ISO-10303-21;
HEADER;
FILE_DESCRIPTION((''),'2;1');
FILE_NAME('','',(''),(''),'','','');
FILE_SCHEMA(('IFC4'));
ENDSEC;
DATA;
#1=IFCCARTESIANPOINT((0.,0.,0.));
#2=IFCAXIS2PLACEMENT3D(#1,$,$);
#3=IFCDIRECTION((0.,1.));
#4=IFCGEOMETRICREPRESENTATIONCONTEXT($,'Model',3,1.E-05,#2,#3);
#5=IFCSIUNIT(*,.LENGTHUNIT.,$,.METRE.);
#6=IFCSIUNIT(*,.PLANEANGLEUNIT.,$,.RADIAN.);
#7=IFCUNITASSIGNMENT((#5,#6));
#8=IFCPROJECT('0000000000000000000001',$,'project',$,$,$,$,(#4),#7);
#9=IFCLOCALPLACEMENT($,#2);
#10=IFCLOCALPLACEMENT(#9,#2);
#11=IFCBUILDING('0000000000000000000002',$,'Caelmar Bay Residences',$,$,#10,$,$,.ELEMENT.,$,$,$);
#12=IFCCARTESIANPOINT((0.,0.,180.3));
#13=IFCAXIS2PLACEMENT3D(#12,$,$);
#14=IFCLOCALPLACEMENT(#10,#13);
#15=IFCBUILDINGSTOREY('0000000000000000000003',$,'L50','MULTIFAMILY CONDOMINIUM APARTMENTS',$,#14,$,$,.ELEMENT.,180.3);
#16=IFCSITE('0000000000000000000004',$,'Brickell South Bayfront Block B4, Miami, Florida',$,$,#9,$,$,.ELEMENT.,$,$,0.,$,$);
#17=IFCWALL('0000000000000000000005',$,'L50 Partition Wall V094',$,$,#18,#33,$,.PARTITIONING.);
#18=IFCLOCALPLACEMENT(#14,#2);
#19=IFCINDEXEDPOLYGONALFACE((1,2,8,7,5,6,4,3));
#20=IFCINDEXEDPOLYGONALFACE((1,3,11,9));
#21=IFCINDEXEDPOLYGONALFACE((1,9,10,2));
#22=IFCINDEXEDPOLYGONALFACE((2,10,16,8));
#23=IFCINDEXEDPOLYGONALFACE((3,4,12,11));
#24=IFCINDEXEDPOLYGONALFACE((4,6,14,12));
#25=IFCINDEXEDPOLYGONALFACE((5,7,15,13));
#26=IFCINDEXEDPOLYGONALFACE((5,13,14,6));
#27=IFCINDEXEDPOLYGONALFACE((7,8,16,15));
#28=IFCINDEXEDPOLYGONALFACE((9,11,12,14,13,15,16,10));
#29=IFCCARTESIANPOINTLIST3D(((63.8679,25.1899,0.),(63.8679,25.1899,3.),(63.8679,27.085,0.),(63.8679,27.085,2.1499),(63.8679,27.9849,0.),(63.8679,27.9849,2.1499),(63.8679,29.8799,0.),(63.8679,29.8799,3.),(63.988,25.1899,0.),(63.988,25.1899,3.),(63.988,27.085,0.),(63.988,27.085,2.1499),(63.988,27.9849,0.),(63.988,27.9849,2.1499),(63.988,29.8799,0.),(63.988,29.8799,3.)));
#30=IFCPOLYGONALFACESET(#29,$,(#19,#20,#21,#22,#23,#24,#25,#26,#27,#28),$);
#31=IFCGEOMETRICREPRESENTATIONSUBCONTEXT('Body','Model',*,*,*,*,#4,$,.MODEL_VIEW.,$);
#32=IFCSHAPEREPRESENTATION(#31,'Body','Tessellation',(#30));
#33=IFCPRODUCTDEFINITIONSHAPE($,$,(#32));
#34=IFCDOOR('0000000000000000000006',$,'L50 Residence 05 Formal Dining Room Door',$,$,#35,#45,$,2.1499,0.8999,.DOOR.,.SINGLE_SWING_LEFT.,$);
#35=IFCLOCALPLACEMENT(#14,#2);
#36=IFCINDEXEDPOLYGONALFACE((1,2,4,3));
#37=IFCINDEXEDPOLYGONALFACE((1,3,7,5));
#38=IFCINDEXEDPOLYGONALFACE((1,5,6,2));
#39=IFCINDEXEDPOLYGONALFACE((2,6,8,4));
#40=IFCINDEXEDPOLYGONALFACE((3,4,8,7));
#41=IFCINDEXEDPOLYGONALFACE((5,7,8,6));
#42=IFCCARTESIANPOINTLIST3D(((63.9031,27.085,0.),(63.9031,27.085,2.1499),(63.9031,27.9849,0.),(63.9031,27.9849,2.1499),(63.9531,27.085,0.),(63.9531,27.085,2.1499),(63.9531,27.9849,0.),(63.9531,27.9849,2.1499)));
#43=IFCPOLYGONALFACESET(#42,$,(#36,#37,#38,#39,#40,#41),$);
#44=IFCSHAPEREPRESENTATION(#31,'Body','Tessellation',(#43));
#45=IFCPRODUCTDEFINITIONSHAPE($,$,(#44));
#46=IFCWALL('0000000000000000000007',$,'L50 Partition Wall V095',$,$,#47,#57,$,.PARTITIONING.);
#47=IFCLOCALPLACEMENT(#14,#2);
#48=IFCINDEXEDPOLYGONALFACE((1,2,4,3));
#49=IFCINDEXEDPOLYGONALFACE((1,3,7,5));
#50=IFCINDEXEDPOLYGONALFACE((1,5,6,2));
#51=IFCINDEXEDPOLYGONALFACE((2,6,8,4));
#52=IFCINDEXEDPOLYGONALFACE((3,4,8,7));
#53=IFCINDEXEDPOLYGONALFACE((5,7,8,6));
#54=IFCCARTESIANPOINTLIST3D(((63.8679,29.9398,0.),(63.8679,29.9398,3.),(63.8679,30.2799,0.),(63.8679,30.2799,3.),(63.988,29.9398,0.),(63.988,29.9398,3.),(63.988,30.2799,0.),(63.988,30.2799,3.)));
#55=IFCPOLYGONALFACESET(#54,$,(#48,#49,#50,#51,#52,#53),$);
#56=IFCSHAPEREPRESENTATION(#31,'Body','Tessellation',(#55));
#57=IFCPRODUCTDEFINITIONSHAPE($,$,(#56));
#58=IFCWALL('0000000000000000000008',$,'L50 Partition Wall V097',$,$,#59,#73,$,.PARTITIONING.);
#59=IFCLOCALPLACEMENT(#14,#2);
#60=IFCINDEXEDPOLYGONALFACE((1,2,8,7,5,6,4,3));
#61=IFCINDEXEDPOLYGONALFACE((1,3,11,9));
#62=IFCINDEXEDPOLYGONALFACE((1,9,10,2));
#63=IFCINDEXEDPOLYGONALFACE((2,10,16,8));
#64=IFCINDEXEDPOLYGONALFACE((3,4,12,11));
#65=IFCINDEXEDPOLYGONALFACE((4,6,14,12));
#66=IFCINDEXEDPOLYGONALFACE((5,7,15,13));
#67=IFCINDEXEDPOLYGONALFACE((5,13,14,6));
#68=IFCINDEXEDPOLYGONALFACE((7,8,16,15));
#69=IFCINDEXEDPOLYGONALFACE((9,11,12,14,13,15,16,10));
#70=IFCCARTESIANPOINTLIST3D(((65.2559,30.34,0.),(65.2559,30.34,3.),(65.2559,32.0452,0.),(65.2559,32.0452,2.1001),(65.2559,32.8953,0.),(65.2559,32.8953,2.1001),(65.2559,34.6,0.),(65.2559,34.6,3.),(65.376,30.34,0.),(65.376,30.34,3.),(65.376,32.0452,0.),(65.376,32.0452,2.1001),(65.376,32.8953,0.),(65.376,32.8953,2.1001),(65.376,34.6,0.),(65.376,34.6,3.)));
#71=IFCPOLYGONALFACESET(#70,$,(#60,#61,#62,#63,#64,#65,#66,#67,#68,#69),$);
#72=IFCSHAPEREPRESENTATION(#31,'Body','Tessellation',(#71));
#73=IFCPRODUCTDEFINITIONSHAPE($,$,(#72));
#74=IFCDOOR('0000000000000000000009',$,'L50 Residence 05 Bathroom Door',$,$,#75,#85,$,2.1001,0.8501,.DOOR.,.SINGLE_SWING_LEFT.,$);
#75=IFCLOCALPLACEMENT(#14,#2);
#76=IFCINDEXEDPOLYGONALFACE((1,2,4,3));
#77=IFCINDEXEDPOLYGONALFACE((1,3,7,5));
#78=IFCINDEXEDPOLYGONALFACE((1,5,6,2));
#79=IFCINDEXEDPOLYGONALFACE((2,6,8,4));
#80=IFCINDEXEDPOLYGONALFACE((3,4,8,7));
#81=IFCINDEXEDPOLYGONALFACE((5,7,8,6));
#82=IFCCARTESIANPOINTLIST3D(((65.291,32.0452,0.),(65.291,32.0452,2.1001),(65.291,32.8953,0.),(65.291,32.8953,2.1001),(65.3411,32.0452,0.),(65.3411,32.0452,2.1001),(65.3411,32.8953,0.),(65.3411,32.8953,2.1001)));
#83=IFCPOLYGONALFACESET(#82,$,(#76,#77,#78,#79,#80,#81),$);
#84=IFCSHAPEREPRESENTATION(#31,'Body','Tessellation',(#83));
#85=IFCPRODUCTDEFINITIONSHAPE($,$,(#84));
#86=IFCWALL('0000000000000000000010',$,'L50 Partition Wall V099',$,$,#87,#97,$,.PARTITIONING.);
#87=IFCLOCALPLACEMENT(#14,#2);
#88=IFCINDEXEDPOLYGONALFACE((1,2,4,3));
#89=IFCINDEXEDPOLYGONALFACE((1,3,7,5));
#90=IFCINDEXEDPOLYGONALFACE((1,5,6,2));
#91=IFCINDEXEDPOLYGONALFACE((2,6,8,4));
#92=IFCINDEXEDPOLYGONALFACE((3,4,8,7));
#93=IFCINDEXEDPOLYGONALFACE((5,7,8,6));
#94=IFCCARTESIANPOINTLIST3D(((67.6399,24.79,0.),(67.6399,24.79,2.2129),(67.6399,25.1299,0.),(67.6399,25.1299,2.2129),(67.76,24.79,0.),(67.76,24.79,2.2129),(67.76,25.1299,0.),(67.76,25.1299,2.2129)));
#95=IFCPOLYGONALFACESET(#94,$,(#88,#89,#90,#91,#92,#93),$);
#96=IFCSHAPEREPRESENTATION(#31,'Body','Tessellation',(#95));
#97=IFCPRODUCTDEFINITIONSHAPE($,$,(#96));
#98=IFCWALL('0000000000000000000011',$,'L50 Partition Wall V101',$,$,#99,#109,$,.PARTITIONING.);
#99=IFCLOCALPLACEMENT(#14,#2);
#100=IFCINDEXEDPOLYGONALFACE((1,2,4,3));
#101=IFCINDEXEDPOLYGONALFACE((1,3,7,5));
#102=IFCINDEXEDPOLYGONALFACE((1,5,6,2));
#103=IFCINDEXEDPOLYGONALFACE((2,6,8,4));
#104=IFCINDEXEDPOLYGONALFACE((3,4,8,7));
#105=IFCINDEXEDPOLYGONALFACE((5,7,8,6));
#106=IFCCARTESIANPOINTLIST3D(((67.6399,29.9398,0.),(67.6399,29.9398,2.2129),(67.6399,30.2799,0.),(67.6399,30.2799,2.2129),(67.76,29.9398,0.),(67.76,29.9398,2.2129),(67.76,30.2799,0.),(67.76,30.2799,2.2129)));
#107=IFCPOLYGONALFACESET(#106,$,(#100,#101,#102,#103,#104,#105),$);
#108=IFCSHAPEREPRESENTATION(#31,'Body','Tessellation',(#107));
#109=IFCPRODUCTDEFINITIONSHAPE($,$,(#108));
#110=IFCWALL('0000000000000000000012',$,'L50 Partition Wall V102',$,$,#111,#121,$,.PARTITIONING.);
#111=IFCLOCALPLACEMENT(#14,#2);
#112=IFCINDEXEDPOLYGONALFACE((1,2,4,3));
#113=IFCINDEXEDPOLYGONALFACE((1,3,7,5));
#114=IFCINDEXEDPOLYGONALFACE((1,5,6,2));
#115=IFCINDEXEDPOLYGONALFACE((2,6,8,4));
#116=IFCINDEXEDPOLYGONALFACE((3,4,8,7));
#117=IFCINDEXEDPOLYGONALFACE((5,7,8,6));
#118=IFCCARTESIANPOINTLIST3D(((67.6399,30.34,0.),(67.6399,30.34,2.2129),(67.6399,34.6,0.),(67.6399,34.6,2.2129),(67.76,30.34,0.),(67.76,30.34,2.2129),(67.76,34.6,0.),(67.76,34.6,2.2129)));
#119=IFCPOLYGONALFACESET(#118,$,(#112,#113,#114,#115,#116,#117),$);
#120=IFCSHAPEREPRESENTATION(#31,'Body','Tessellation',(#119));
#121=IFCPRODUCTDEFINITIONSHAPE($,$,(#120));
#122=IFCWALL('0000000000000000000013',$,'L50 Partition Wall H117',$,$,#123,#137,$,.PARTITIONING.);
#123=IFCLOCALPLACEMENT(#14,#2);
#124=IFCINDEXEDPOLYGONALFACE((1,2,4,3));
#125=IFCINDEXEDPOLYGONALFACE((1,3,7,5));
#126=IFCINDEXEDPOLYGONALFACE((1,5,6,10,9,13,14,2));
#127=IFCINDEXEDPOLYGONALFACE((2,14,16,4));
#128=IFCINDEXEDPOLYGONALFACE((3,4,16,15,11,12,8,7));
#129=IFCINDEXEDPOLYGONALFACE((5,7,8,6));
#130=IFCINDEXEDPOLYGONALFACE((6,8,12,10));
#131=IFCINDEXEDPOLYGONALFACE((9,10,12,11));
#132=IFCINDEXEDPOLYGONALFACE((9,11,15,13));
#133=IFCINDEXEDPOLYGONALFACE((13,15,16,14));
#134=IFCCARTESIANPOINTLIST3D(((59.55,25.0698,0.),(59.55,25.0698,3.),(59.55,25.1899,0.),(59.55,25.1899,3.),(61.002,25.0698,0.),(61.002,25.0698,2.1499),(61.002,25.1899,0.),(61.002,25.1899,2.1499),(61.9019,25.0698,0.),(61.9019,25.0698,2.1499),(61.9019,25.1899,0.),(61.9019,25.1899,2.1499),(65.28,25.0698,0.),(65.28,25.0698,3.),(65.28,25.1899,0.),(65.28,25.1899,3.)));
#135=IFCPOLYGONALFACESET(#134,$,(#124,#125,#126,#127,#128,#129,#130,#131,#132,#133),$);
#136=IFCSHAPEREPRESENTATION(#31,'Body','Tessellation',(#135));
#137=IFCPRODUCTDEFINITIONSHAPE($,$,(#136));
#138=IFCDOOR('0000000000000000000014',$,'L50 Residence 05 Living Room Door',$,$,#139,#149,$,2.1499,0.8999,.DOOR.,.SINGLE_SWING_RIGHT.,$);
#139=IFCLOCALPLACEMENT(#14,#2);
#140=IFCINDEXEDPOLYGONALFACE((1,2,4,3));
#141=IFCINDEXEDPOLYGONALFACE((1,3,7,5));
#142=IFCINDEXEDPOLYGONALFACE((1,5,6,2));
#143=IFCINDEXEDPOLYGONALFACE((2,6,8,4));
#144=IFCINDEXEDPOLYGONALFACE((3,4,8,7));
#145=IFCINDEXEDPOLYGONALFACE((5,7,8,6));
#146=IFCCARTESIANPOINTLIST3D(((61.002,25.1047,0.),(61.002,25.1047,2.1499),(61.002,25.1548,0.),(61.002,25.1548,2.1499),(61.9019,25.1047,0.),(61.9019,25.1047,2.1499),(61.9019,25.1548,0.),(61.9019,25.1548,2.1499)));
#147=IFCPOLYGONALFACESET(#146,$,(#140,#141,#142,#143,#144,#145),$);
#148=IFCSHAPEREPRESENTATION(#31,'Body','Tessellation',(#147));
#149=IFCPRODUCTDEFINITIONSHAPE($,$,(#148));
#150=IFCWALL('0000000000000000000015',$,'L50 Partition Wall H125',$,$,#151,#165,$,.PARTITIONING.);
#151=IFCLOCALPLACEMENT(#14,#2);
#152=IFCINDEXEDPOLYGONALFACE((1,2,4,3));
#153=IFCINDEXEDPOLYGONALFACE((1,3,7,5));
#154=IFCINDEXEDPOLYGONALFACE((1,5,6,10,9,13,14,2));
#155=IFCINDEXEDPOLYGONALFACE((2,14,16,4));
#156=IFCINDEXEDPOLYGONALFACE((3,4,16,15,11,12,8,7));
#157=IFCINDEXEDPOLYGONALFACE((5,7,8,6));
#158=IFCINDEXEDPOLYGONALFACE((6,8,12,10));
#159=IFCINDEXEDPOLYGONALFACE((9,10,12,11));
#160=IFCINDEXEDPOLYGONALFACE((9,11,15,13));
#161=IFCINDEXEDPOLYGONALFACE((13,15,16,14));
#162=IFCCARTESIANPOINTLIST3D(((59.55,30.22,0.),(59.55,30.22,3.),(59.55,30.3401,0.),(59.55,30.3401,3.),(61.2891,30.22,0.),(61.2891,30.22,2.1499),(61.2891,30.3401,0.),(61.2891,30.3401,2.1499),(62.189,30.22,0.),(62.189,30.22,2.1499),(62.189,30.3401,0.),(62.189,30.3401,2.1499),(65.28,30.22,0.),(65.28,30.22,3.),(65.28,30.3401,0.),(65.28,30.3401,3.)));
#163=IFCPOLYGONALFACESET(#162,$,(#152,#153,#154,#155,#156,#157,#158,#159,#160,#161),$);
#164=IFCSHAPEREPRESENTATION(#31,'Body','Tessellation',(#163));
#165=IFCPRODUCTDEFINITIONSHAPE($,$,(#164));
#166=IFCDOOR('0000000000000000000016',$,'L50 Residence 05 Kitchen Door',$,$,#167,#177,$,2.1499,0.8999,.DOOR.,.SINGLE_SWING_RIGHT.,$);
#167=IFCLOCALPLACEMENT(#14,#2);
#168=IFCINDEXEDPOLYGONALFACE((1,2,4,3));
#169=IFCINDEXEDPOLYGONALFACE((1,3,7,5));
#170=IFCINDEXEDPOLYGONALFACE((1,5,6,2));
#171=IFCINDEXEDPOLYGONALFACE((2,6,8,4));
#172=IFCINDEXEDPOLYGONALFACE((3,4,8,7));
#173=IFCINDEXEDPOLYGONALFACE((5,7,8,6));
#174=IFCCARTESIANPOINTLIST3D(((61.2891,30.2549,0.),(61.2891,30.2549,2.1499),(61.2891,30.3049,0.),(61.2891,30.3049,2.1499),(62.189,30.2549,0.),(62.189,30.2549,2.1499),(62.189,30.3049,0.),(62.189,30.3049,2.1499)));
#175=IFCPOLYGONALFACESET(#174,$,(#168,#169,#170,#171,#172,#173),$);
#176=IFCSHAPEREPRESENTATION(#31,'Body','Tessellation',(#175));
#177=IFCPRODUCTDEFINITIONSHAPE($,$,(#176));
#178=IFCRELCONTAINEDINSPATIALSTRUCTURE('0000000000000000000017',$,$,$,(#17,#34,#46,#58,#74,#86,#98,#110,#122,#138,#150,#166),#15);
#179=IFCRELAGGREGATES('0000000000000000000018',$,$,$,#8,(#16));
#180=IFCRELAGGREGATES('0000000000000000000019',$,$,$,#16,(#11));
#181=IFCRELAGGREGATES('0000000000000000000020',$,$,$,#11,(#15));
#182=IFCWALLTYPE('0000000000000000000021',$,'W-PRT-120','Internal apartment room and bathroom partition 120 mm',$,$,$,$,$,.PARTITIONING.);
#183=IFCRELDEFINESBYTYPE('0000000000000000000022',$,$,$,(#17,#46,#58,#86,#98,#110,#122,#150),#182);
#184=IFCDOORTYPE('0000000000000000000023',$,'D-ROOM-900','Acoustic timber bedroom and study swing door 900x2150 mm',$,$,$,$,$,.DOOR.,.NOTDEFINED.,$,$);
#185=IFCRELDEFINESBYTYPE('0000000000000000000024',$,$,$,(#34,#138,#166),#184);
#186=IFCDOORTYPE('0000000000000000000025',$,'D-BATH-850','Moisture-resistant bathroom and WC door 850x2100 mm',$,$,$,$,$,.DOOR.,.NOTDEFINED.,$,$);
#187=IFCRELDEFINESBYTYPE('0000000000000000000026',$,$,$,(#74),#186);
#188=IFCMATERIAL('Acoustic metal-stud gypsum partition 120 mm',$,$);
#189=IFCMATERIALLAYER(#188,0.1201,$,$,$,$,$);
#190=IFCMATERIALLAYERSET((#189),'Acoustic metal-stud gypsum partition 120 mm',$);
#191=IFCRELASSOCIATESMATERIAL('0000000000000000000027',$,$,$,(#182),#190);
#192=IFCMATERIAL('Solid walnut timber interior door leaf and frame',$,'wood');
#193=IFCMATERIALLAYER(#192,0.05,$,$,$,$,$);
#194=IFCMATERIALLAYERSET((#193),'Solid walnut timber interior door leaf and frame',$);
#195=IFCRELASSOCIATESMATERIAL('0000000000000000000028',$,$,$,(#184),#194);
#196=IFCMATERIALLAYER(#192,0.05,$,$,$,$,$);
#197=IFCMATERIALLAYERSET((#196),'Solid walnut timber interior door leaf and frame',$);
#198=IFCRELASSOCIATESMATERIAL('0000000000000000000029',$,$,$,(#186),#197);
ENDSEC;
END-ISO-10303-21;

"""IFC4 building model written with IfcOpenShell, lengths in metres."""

from ifc_helpers import new_model, si_unit, direction, frame, frame_2d, origin, place, context, subcontext, project, spatial, rectangle, extrude, material, layer, layer_set, type_object, element, fill, save


model = new_model("IFC4")

# Units and contexts
model_context = context("Model", 3, precision=1e-05, world=origin(), true_north=direction((0.0, 1.0)))
body_context = subcontext(model_context, "Body", "Model", "MODEL_VIEW")
ifc_project = project(units=[si_unit("LENGTHUNIT", "METRE"), si_unit("PLANEANGLEUNIT", "RADIAN")], contexts=[model_context])

# Site, building, storey
site_placement = place(None, origin())
site = spatial("IfcSite", under=ifc_project, at=site_placement, Name="Brickell South Bayfront Block B4, Miami, Florida", CompositionType="ELEMENT", RefElevation=0.0)
building_placement = place(site_placement, origin())
building = spatial("IfcBuilding", under=site, at=building_placement, Name="Caelmar Bay Residences", CompositionType="ELEMENT")
storey_placement = place(building_placement, frame((0.0, 0.0, 180.3)))
storey = spatial("IfcBuildingStorey", under=building, at=storey_placement, Name="L50", Description="MULTIFAMILY CONDOMINIUM APARTMENTS", CompositionType="ELEMENT", Elevation=180.3)

# Shared definitions
ifc_material_1 = material(Name="Acoustic metal-stud gypsum partition 120 mm")
ifc_layer_1 = layer(ifc_material_1, 0.1201)
ifc_layer_set_1 = layer_set([ifc_layer_1], Name="Acoustic metal-stud gypsum partition 120 mm")
wall_type = type_object("IfcWallType", Name="W-PRT-120", Description="Internal apartment room and bathroom partition 120 mm", PredefinedType="PARTITIONING", material=ifc_layer_set_1)

# Wall, opening, door
wall_1_placement = place(storey_placement, frame((63.928, 25.1899, 0.0), z_axis=(0.0, 0.0, 1.0), x_axis=(0.0, 1.0, 0.0)))
wall_1 = element("IfcWall", 1, at=wall_1_placement, inside=storey, type_object=wall_type, Name="L50 Partition Wall V094", PredefinedType="PARTITIONING", context=body_context, shape_type="SweptSolid", body=[
    extrude(rectangle(XDim=4.6899, YDim=0.1201, at=frame_2d((2.345, 0.0))), origin(), (0.0, 0.0, 1.0), 3.0),
])
opening_1_placement = place(wall_1_placement, frame((1.895, 0.0, 0.0)))
opening_1 = element("IfcOpeningElement", 2, at=opening_1_placement, cuts=wall_1, PredefinedType="OPENING", context=body_context, shape_type="SweptSolid", body=[
    extrude(rectangle(XDim=0.8999, YDim=2.1499, at=frame_2d((0.45, 1.075))), frame((0.0, 0.0701, 0.0), z_axis=(0.0, -1.0, 0.0), x_axis=(1.0, 0.0, 0.0)), (0.0, 0.0, 1.0), 0.1401),
])
ifc_material_2 = material(Name="Solid walnut timber interior door leaf and frame", Category="wood")
ifc_layer_2 = layer(ifc_material_2, 0.05)
ifc_layer_set_2 = layer_set([ifc_layer_2], Name="Solid walnut timber interior door leaf and frame")
door_type_1 = type_object("IfcDoorType", Name="D-ROOM-900", Description="Acoustic timber bedroom and study swing door 900x2150 mm", OperationType="NOTDEFINED", PredefinedType="DOOR", material=ifc_layer_set_2)
door_1_placement = place(opening_1_placement, origin())
door_1 = element("IfcDoor", 3, at=door_1_placement, inside=storey, type_object=door_type_1, Name="L50 Residence 05 Formal Dining Room Door", OperationType="SINGLE_SWING_LEFT", OverallHeight=2.1499, OverallWidth=0.8999, PredefinedType="DOOR", context=body_context, shape_type="SweptSolid", body=[
    extrude(rectangle(XDim=0.8999, YDim=2.1499, at=frame_2d((0.45, 1.075))), frame((0.0, 0.0249, 0.0), z_axis=(0.0, -1.0, 0.0), x_axis=(1.0, 0.0, 0.0)), (0.0, 0.0, 1.0), 0.05),
])
fill(opening_1, door_1)

# Wall
wall_2_placement = place(storey_placement, frame((63.928, 29.9399, 0.0), z_axis=(0.0, 0.0, 1.0), x_axis=(0.0, 1.0, 0.0)))
element("IfcWall", 4, at=wall_2_placement, inside=storey, type_object=wall_type, Name="L50 Partition Wall V095", PredefinedType="PARTITIONING", context=body_context, shape_type="SweptSolid", body=[
    extrude(rectangle(XDim=0.3401, YDim=0.1201, at=frame_2d((0.1699, 0.0))), origin(), (0.0, 0.0, 1.0), 3.0),
])

# Wall, opening, door
wall_3_placement = place(storey_placement, frame((65.3159, 30.3401, 0.0), z_axis=(0.0, 0.0, 1.0), x_axis=(0.0, 1.0, 0.0)))
wall_3 = element("IfcWall", 5, at=wall_3_placement, inside=storey, type_object=wall_type, Name="L50 Partition Wall V097", PredefinedType="PARTITIONING", context=body_context, shape_type="SweptSolid", body=[
    extrude(rectangle(XDim=4.26, YDim=0.1201, at=frame_2d((2.1299, 0.0))), origin(), (0.0, 0.0, 1.0), 3.0),
])
opening_2_placement = place(wall_3_placement, frame((1.7051, 0.0, 0.0)))
opening_2 = element("IfcOpeningElement", 6, at=opening_2_placement, cuts=wall_3, PredefinedType="OPENING", context=body_context, shape_type="SweptSolid", body=[
    extrude(rectangle(XDim=0.8501, YDim=2.1001, at=frame_2d((0.425, 1.05))), frame((0.0, 0.0701, 0.0), z_axis=(0.0, -1.0, 0.0), x_axis=(1.0, 0.0, 0.0)), (0.0, 0.0, 1.0), 0.1401),
])
ifc_layer_3 = layer(ifc_material_2, 0.05)
ifc_layer_set_3 = layer_set([ifc_layer_3], Name="Solid walnut timber interior door leaf and frame")
door_type_2 = type_object("IfcDoorType", Name="D-BATH-850", Description="Moisture-resistant bathroom and WC door 850x2100 mm", OperationType="NOTDEFINED", PredefinedType="DOOR", material=ifc_layer_set_3)
door_2_placement = place(opening_2_placement, origin())
door_2 = element("IfcDoor", 7, at=door_2_placement, inside=storey, type_object=door_type_2, Name="L50 Residence 05 Bathroom Door", OperationType="SINGLE_SWING_LEFT", OverallHeight=2.1001, OverallWidth=0.8501, PredefinedType="DOOR", context=body_context, shape_type="SweptSolid", body=[
    extrude(rectangle(XDim=0.8501, YDim=2.1001, at=frame_2d((0.425, 1.05))), frame((0.0, 0.0249, 0.0), z_axis=(0.0, -1.0, 0.0), x_axis=(1.0, 0.0, 0.0)), (0.0, 0.0, 1.0), 0.05),
])
fill(opening_2, door_2)

# Wall
wall_4_placement = place(storey_placement, frame((67.7, 24.79, 0.0), z_axis=(0.0, 0.0, 1.0), x_axis=(0.0, 1.0, 0.0)))
element("IfcWall", 8, at=wall_4_placement, inside=storey, type_object=wall_type, Name="L50 Partition Wall V099", PredefinedType="PARTITIONING", context=body_context, shape_type="SweptSolid", body=[
    extrude(rectangle(XDim=0.3398, YDim=0.1201, at=frame_2d((0.1699, 0.0))), origin(), (0.0, 0.0, 1.0), 2.2129),
])

# Walls
wall_5_placement = place(storey_placement, frame((67.7, 29.9399, 0.0), z_axis=(0.0, 0.0, 1.0), x_axis=(0.0, 1.0, 0.0)))
element("IfcWall", 9, at=wall_5_placement, inside=storey, type_object=wall_type, Name="L50 Partition Wall V101", PredefinedType="PARTITIONING", context=body_context, shape_type="SweptSolid", body=[
    extrude(rectangle(XDim=0.3401, YDim=0.1201, at=frame_2d((0.1699, 0.0))), origin(), (0.0, 0.0, 1.0), 2.2129),
])
wall_6_placement = place(storey_placement, frame((67.7, 30.3401, 0.0), z_axis=(0.0, 0.0, 1.0), x_axis=(0.0, 1.0, 0.0)))
element("IfcWall", 10, at=wall_6_placement, inside=storey, type_object=wall_type, Name="L50 Partition Wall V102", PredefinedType="PARTITIONING", context=body_context, shape_type="SweptSolid", body=[
    extrude(rectangle(XDim=4.26, YDim=0.1201, at=frame_2d((2.1299, 0.0))), origin(), (0.0, 0.0, 1.0), 2.2129),
])

# Walls, openings, doors
wall_7_placement = place(storey_placement, frame((59.55, 25.1299, 0.0), z_axis=(0.0, 0.0, 1.0), x_axis=(1.0, 0.0, 0.0)))
wall_7 = element("IfcWall", 11, at=wall_7_placement, inside=storey, type_object=wall_type, Name="L50 Partition Wall H117", PredefinedType="PARTITIONING", context=body_context, shape_type="SweptSolid", body=[
    extrude(rectangle(XDim=5.73, YDim=0.1201, at=frame_2d((2.865, 0.0))), origin(), (0.0, 0.0, 1.0), 3.0),
])
opening_3_placement = place(wall_7_placement, frame((1.4519, 0.0, 0.0)))
opening_3 = element("IfcOpeningElement", 12, at=opening_3_placement, cuts=wall_7, PredefinedType="OPENING", context=body_context, shape_type="SweptSolid", body=[
    extrude(rectangle(XDim=0.8999, YDim=2.1499, at=frame_2d((0.45, 1.075))), frame((0.0, 0.0701, 0.0), z_axis=(0.0, -1.0, 0.0), x_axis=(1.0, 0.0, 0.0)), (0.0, 0.0, 1.0), 0.1401),
])
door_3_placement = place(opening_3_placement, origin())
door_3 = element("IfcDoor", 13, at=door_3_placement, inside=storey, type_object=door_type_1, Name="L50 Residence 05 Living Room Door", OperationType="SINGLE_SWING_RIGHT", OverallHeight=2.1499, OverallWidth=0.8999, PredefinedType="DOOR", context=body_context, shape_type="SweptSolid", body=[
    extrude(rectangle(XDim=0.8999, YDim=2.1499, at=frame_2d((0.45, 1.075))), frame((0.0, 0.0249, 0.0), z_axis=(0.0, -1.0, 0.0), x_axis=(1.0, 0.0, 0.0)), (0.0, 0.0, 1.0), 0.05),
])
fill(opening_3, door_3)
wall_8_placement = place(storey_placement, frame((59.55, 30.28, 0.0), z_axis=(0.0, 0.0, 1.0), x_axis=(1.0, 0.0, 0.0)))
wall_8 = element("IfcWall", 14, at=wall_8_placement, inside=storey, type_object=wall_type, Name="L50 Partition Wall H125", PredefinedType="PARTITIONING", context=body_context, shape_type="SweptSolid", body=[
    extrude(rectangle(XDim=5.73, YDim=0.1201, at=frame_2d((2.865, 0.0))), origin(), (0.0, 0.0, 1.0), 3.0),
])
opening_4_placement = place(wall_8_placement, frame((1.739, 0.0, 0.0)))
opening_4 = element("IfcOpeningElement", 15, at=opening_4_placement, cuts=wall_8, PredefinedType="OPENING", context=body_context, shape_type="SweptSolid", body=[
    extrude(rectangle(XDim=0.8999, YDim=2.1499, at=frame_2d((0.45, 1.075))), frame((0.0, 0.0701, 0.0), z_axis=(0.0, -1.0, 0.0), x_axis=(1.0, 0.0, 0.0)), (0.0, 0.0, 1.0), 0.1401),
])
door_4_placement = place(opening_4_placement, origin())
door_4 = element("IfcDoor", 16, at=door_4_placement, inside=storey, type_object=door_type_1, Name="L50 Residence 05 Kitchen Door", OperationType="SINGLE_SWING_RIGHT", OverallHeight=2.1499, OverallWidth=0.8999, PredefinedType="DOOR", context=body_context, shape_type="SweptSolid", body=[
    extrude(rectangle(XDim=0.8999, YDim=2.1499, at=frame_2d((0.45, 1.075))), frame((0.0, 0.0249, 0.0), z_axis=(0.0, -1.0, 0.0), x_axis=(1.0, 0.0, 0.0)), (0.0, 0.0, 1.0), 0.05),
])
fill(opening_4, door_4)

save(model, "model.ifc")
